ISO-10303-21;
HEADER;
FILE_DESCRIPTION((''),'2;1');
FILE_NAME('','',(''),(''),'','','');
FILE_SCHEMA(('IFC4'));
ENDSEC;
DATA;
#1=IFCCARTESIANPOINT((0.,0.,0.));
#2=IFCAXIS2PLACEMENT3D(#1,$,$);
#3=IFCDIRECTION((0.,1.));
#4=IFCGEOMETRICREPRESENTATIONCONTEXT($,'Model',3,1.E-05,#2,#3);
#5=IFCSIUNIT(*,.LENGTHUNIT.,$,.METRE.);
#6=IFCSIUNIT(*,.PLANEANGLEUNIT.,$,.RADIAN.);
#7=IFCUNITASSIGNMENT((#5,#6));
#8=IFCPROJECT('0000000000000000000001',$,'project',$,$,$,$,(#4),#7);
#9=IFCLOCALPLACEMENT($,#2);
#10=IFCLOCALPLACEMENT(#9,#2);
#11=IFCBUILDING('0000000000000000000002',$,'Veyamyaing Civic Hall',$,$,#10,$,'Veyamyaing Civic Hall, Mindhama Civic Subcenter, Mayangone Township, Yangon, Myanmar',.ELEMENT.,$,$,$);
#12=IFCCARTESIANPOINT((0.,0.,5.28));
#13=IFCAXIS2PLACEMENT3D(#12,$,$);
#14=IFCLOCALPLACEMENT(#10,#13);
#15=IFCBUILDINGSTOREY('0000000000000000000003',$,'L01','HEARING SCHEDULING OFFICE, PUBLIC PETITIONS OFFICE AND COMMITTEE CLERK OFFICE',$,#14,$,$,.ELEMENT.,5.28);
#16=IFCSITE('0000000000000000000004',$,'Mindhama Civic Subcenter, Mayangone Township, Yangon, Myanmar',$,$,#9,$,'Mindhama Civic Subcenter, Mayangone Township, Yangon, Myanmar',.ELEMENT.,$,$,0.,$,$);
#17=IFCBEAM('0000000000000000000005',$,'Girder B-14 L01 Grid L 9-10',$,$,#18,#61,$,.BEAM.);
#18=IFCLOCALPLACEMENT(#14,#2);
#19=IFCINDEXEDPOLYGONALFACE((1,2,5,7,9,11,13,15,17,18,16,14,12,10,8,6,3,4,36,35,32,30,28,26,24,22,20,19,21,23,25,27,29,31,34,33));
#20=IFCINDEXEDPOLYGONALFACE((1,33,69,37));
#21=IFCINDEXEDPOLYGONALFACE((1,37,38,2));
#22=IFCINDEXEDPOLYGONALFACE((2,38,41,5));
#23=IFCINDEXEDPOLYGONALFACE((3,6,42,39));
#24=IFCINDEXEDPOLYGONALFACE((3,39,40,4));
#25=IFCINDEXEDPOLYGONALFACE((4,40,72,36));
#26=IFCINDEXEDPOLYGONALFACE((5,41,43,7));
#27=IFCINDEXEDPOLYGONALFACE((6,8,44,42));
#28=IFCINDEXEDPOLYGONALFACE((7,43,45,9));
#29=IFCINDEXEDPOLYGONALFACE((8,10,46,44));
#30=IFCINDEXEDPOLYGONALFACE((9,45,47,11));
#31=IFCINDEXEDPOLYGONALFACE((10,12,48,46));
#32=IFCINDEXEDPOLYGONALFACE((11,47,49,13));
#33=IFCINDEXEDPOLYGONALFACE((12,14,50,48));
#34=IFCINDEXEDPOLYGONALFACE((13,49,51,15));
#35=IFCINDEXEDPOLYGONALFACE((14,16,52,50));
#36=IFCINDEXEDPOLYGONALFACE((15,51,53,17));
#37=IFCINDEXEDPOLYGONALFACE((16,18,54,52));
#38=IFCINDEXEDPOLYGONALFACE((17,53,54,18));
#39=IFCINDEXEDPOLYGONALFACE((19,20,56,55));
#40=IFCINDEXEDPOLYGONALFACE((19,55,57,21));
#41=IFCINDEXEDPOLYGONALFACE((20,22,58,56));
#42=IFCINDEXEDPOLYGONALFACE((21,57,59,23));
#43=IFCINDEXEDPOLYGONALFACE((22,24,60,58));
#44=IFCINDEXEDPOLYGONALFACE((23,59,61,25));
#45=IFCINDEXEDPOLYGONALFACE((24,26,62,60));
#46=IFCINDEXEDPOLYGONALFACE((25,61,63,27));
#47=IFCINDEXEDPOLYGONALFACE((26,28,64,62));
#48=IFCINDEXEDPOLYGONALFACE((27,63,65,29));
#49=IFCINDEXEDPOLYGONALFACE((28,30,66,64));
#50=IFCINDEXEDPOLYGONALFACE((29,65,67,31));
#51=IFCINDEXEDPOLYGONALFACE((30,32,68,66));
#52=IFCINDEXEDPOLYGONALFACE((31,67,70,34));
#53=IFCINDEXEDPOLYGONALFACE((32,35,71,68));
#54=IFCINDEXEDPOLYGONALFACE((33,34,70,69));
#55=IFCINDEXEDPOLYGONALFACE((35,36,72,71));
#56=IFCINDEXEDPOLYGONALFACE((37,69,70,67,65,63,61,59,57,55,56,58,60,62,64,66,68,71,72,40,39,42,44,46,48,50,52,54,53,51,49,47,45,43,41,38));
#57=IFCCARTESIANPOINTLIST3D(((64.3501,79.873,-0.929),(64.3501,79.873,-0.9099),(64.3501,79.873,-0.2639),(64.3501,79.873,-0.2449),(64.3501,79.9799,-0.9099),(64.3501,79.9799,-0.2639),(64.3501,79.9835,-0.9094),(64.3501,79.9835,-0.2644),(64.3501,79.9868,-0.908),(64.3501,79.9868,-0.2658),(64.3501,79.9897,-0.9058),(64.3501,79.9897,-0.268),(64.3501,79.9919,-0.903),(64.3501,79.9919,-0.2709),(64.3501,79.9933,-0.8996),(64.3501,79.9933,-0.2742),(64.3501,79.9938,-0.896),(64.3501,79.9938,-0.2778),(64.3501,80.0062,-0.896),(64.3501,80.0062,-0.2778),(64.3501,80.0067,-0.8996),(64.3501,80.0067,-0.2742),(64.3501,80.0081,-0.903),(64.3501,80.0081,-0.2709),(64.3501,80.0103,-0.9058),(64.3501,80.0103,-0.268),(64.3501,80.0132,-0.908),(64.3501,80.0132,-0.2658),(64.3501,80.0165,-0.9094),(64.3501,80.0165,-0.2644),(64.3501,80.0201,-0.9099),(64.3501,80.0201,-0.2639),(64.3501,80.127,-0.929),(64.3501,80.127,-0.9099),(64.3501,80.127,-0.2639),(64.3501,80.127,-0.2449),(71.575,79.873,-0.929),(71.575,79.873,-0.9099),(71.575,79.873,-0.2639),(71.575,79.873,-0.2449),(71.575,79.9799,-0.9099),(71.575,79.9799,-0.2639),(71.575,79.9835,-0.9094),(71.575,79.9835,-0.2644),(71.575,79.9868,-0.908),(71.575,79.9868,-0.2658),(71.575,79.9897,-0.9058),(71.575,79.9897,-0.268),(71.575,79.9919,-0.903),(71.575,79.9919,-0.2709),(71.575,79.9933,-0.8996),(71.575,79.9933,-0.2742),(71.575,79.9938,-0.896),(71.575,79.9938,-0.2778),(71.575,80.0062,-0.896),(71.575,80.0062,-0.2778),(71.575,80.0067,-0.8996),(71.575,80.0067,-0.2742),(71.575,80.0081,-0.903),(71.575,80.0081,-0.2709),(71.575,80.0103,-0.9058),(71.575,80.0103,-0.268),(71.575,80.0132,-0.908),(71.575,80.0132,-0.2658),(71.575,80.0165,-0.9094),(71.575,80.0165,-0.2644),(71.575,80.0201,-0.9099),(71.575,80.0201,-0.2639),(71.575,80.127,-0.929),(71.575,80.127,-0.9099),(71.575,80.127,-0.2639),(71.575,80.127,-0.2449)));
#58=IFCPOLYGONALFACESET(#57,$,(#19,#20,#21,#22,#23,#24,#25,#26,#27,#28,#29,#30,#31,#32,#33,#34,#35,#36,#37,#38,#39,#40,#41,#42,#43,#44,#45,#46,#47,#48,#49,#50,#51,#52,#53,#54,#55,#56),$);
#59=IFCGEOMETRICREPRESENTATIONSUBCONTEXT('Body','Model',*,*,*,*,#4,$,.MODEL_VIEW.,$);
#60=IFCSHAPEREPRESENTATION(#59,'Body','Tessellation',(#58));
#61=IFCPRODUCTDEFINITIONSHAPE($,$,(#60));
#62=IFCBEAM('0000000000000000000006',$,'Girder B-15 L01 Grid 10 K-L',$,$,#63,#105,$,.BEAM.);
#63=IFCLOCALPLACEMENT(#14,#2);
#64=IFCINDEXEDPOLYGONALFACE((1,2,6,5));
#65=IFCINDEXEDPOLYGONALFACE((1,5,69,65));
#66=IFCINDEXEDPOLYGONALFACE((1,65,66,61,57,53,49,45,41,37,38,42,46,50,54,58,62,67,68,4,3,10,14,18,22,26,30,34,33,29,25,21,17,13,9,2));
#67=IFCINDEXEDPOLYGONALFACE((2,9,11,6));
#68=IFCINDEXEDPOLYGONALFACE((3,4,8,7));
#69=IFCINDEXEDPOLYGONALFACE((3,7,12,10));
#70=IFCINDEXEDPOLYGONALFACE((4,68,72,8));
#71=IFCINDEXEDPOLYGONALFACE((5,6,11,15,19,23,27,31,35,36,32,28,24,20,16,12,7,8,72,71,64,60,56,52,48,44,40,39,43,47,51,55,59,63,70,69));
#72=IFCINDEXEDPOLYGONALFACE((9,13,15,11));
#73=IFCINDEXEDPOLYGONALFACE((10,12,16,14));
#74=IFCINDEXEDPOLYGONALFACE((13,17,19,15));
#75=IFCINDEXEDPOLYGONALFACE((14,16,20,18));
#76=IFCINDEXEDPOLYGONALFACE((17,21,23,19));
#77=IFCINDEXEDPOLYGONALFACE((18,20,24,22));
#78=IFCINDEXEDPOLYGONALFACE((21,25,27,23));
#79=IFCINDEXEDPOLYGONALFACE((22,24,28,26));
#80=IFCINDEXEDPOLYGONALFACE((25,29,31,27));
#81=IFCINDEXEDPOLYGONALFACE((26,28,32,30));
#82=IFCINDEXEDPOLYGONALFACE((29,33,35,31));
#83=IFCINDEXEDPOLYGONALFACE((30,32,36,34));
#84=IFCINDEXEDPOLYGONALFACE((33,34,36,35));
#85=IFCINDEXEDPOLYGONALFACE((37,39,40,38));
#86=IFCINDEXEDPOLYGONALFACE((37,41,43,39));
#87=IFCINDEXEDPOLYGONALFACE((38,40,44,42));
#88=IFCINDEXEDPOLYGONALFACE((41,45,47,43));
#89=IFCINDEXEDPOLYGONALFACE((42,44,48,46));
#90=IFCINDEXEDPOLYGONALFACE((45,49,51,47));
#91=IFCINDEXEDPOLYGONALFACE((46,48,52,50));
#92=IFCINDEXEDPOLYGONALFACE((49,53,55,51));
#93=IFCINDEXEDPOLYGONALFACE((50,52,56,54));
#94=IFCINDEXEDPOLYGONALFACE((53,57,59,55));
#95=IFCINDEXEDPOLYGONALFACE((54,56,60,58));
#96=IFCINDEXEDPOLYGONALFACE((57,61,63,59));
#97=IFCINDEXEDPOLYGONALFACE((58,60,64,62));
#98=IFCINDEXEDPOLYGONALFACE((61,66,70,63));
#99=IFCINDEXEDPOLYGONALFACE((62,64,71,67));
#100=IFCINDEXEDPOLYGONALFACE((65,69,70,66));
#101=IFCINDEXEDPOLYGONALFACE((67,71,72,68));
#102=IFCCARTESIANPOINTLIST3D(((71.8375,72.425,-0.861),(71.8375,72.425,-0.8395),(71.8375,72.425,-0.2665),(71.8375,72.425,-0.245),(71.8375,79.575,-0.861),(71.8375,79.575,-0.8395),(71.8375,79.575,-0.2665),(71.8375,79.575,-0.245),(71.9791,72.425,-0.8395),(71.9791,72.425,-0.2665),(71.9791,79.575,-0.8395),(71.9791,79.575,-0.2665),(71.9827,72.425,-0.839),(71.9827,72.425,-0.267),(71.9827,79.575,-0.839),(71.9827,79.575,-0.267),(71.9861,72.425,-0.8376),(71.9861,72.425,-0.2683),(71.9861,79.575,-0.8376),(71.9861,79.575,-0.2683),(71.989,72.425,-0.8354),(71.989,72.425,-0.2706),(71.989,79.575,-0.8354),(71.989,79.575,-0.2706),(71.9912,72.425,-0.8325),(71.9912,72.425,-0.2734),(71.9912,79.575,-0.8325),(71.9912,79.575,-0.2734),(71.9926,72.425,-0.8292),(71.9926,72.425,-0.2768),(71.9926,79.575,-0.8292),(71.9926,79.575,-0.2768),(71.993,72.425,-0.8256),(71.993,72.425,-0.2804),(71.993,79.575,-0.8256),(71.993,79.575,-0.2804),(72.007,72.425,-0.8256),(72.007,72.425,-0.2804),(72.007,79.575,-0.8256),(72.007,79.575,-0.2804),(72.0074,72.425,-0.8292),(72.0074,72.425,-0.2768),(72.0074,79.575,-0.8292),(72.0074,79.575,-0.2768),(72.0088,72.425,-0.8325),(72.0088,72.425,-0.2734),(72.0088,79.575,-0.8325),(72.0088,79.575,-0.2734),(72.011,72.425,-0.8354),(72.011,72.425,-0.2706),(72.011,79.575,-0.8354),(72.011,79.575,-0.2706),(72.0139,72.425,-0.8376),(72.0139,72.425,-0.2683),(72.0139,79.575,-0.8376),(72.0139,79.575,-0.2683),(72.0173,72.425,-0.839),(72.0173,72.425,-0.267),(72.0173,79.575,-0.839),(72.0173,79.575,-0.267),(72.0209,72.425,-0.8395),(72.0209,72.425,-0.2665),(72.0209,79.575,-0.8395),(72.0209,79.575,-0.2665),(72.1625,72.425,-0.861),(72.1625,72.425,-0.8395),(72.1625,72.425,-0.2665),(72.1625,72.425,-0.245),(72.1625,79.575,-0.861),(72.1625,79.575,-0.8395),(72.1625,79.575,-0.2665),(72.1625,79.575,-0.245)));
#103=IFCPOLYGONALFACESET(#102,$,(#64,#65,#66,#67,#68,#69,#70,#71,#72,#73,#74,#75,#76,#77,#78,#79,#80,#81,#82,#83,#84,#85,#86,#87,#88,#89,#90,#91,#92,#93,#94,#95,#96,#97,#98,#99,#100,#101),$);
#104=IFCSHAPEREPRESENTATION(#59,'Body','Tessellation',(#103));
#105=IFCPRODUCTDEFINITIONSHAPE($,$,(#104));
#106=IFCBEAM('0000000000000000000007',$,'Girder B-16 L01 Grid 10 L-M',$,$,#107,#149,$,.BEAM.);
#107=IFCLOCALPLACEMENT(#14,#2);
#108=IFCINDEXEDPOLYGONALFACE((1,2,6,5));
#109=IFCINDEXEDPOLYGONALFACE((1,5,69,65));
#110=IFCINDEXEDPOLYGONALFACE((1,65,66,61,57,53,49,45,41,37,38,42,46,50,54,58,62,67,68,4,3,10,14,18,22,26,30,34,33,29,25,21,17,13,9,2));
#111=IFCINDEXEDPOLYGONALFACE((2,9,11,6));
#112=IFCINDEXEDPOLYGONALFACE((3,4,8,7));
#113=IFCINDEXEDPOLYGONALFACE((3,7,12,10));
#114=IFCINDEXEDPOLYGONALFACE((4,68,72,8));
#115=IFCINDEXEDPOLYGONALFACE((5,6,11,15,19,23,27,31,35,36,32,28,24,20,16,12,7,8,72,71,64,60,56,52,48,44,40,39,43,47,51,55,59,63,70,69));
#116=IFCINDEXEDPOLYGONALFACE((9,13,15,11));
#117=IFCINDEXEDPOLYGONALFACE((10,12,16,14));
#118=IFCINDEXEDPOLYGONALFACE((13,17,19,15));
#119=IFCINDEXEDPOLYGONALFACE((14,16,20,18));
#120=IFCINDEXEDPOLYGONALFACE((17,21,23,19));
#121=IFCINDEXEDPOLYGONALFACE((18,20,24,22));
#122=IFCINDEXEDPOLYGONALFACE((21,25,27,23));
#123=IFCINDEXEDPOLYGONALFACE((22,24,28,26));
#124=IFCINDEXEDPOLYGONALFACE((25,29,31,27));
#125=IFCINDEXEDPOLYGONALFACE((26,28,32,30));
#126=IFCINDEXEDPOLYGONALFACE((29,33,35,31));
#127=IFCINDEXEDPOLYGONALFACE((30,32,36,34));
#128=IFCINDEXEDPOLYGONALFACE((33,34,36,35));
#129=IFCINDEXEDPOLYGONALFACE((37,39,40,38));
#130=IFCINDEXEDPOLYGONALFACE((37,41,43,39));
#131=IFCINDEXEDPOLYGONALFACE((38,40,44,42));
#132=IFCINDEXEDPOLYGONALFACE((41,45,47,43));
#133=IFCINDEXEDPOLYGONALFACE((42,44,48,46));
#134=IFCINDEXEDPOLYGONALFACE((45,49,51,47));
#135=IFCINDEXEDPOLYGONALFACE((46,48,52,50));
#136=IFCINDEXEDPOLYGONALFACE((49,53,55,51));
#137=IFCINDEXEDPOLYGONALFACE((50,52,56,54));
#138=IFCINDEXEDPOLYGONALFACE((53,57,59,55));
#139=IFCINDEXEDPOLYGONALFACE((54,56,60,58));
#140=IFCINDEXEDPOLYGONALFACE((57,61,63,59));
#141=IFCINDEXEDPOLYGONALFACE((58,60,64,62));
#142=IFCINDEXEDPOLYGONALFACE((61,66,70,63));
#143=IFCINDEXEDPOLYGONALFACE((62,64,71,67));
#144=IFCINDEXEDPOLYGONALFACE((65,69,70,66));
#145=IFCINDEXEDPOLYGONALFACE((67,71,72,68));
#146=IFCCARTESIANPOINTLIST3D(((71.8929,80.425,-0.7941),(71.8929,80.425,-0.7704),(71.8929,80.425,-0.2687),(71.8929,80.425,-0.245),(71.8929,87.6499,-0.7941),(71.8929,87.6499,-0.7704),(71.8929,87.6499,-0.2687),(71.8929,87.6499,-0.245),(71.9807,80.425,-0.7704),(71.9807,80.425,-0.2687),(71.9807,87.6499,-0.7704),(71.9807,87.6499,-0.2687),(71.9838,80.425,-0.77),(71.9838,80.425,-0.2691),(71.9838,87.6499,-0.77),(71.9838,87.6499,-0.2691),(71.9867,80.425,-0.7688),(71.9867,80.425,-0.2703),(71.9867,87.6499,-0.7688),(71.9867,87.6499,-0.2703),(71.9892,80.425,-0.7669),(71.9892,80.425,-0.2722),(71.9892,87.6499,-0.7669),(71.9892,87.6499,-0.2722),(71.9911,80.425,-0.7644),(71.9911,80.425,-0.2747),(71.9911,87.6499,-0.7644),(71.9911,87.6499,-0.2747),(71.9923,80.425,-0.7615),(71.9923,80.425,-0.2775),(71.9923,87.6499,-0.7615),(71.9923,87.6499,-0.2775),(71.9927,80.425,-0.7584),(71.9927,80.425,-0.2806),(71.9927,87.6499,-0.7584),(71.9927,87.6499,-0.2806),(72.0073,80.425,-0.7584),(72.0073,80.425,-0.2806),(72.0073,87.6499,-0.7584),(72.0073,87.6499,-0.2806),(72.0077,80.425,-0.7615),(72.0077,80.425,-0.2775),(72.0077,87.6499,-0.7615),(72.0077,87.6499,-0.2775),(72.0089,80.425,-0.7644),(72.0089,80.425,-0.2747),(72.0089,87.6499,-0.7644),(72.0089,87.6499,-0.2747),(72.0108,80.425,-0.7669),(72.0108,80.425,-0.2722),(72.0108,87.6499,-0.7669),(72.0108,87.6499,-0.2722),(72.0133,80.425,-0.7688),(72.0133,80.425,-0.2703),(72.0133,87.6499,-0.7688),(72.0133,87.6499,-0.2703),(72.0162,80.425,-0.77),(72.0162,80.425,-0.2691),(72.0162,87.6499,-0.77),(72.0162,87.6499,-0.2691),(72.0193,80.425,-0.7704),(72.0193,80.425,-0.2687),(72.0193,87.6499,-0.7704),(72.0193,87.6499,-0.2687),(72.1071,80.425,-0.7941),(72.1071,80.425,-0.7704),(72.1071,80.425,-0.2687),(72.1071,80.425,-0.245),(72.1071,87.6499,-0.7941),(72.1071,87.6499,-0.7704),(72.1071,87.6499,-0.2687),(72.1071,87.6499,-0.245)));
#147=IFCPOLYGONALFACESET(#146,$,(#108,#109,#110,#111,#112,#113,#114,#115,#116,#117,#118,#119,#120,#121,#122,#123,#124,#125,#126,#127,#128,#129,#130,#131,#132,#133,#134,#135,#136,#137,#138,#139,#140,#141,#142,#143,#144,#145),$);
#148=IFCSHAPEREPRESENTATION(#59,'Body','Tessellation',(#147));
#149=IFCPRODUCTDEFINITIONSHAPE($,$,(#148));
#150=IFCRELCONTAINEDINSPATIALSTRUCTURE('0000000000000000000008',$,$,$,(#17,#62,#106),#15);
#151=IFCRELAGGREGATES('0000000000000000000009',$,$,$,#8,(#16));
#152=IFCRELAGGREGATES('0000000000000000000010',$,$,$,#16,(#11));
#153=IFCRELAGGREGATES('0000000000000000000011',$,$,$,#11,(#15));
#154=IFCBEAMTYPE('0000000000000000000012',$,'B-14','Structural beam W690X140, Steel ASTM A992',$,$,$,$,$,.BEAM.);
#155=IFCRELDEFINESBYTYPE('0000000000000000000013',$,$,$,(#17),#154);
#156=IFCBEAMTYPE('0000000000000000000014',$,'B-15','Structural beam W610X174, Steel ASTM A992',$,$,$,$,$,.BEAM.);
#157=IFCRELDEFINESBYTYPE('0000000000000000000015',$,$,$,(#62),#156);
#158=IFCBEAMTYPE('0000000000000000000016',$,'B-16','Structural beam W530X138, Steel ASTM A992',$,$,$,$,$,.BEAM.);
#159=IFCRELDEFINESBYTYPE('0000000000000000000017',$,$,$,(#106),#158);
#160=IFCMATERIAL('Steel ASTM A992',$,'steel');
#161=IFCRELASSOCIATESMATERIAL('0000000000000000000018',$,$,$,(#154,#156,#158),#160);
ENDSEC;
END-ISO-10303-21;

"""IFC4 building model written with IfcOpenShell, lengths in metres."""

from ifc_helpers import new_model, si_unit, direction, frame, origin, origin_2d, place, context, subcontext, project, spatial, i_section, extrude, material, material_profile, profile_set, type_object, element, save


model = new_model("IFC4")

# Units and contexts
model_context = context("Model", 3, precision=1e-05, world=origin(), true_north=direction((0.0, 1.0)))
body_context = subcontext(model_context, "Body", "Model", "MODEL_VIEW")
ifc_project = project(units=[si_unit("LENGTHUNIT", "METRE"), si_unit("PLANEANGLEUNIT", "RADIAN")], contexts=[model_context])

# Site, building, storey
site_placement = place(None, origin())
site = spatial("IfcSite", under=ifc_project, at=site_placement, Name="Mindhama Civic Subcenter, Mayangone Township, Yangon, Myanmar", LongName="Mindhama Civic Subcenter, Mayangone Township, Yangon, Myanmar", CompositionType="ELEMENT", RefElevation=0.0)
building_placement = place(site_placement, origin())
building = spatial("IfcBuilding", under=site, at=building_placement, Name="Veyamyaing Civic Hall", LongName="Veyamyaing Civic Hall, Mindhama Civic Subcenter, Mayangone Township, Yangon, Myanmar", CompositionType="ELEMENT")
storey_placement = place(building_placement, frame((0.0, 0.0, 5.28)))
storey = spatial("IfcBuildingStorey", under=building, at=storey_placement, Name="L01", Description="HEARING SCHEDULING OFFICE, PUBLIC PETITIONS OFFICE AND COMMITTEE CLERK OFFICE", CompositionType="ELEMENT", Elevation=5.28)

# Beams
ifc_material_1 = material(Name="Steel ASTM A992", Category="steel")
ifc_material_profile_1 = material_profile(ifc_material_1, i_section(OverallWidth=0.2539, OverallDepth=0.6841, WebThickness=0.0125, FlangeThickness=0.019, FilletRadius=0.0139, at=origin_2d()), Name="W690X140")
ifc_profile_set_1 = profile_set([ifc_material_profile_1], Name="Steel ASTM A992")
beam_type_1 = type_object("IfcBeamType", Name="B-14", Description="Structural beam W690X140, Steel ASTM A992", PredefinedType="BEAM", material=ifc_profile_set_1)
beam_1_placement = place(storey_placement, frame((64.3501, 80.0, -0.5869), z_axis=(1.0, 0.0, 0.0), x_axis=(0.0, 1.0, 0.0)))
element("IfcBeam", 1, at=beam_1_placement, inside=storey, type_object=beam_type_1, Name="Girder B-14 L01 Grid L 9-10", PredefinedType="BEAM", context=body_context, shape_type="SweptSolid", body=[
    extrude(i_section(OverallWidth=0.2539, OverallDepth=0.6841, WebThickness=0.0125, FlangeThickness=0.019, FilletRadius=0.0139, at=origin_2d()), origin(), (0.0, 0.0, 1.0), 7.2249),
])
ifc_material_profile_2 = material_profile(ifc_material_1, i_section(OverallWidth=0.325, OverallDepth=0.616, WebThickness=0.0139, FlangeThickness=0.0215, FilletRadius=0.0139, at=origin_2d()), Name="W610X174")
ifc_profile_set_2 = profile_set([ifc_material_profile_2], Name="Steel ASTM A992")
beam_type_2 = type_object("IfcBeamType", Name="B-15", Description="Structural beam W610X174, Steel ASTM A992", PredefinedType="BEAM", material=ifc_profile_set_2)
beam_2_placement = place(storey_placement, frame((72.0, 72.425, -0.553), z_axis=(0.0, 1.0, 0.0), x_axis=(-1.0, 0.0, 0.0)))
element("IfcBeam", 2, at=beam_2_placement, inside=storey, type_object=beam_type_2, Name="Girder B-15 L01 Grid 10 K-L", PredefinedType="BEAM", context=body_context, shape_type="SweptSolid", body=[
    extrude(i_section(OverallWidth=0.325, OverallDepth=0.616, WebThickness=0.0139, FlangeThickness=0.0215, FilletRadius=0.0139, at=origin_2d()), origin(), (0.0, 0.0, 1.0), 7.1499),
])
ifc_material_profile_3 = material_profile(ifc_material_1, i_section(OverallWidth=0.2141, OverallDepth=0.5491, WebThickness=0.0146, FlangeThickness=0.0237, FilletRadius=0.012, at=origin_2d()), Name="W530X138")
ifc_profile_set_3 = profile_set([ifc_material_profile_3], Name="Steel ASTM A992")
beam_type_3 = type_object("IfcBeamType", Name="B-16", Description="Structural beam W530X138, Steel ASTM A992", PredefinedType="BEAM", material=ifc_profile_set_3)
beam_3_placement = place(storey_placement, frame((72.0, 80.425, -0.5195), z_axis=(0.0, 1.0, 0.0), x_axis=(-1.0, 0.0, 0.0)))
element("IfcBeam", 3, at=beam_3_placement, inside=storey, type_object=beam_type_3, Name="Girder B-16 L01 Grid 10 L-M", PredefinedType="BEAM", context=body_context, shape_type="SweptSolid", body=[
    extrude(i_section(OverallWidth=0.2141, OverallDepth=0.5491, WebThickness=0.0146, FlangeThickness=0.0237, FilletRadius=0.012, at=origin_2d()), origin(), (0.0, 0.0, 1.0), 7.2249),
])

save(model, "model.ifc")
